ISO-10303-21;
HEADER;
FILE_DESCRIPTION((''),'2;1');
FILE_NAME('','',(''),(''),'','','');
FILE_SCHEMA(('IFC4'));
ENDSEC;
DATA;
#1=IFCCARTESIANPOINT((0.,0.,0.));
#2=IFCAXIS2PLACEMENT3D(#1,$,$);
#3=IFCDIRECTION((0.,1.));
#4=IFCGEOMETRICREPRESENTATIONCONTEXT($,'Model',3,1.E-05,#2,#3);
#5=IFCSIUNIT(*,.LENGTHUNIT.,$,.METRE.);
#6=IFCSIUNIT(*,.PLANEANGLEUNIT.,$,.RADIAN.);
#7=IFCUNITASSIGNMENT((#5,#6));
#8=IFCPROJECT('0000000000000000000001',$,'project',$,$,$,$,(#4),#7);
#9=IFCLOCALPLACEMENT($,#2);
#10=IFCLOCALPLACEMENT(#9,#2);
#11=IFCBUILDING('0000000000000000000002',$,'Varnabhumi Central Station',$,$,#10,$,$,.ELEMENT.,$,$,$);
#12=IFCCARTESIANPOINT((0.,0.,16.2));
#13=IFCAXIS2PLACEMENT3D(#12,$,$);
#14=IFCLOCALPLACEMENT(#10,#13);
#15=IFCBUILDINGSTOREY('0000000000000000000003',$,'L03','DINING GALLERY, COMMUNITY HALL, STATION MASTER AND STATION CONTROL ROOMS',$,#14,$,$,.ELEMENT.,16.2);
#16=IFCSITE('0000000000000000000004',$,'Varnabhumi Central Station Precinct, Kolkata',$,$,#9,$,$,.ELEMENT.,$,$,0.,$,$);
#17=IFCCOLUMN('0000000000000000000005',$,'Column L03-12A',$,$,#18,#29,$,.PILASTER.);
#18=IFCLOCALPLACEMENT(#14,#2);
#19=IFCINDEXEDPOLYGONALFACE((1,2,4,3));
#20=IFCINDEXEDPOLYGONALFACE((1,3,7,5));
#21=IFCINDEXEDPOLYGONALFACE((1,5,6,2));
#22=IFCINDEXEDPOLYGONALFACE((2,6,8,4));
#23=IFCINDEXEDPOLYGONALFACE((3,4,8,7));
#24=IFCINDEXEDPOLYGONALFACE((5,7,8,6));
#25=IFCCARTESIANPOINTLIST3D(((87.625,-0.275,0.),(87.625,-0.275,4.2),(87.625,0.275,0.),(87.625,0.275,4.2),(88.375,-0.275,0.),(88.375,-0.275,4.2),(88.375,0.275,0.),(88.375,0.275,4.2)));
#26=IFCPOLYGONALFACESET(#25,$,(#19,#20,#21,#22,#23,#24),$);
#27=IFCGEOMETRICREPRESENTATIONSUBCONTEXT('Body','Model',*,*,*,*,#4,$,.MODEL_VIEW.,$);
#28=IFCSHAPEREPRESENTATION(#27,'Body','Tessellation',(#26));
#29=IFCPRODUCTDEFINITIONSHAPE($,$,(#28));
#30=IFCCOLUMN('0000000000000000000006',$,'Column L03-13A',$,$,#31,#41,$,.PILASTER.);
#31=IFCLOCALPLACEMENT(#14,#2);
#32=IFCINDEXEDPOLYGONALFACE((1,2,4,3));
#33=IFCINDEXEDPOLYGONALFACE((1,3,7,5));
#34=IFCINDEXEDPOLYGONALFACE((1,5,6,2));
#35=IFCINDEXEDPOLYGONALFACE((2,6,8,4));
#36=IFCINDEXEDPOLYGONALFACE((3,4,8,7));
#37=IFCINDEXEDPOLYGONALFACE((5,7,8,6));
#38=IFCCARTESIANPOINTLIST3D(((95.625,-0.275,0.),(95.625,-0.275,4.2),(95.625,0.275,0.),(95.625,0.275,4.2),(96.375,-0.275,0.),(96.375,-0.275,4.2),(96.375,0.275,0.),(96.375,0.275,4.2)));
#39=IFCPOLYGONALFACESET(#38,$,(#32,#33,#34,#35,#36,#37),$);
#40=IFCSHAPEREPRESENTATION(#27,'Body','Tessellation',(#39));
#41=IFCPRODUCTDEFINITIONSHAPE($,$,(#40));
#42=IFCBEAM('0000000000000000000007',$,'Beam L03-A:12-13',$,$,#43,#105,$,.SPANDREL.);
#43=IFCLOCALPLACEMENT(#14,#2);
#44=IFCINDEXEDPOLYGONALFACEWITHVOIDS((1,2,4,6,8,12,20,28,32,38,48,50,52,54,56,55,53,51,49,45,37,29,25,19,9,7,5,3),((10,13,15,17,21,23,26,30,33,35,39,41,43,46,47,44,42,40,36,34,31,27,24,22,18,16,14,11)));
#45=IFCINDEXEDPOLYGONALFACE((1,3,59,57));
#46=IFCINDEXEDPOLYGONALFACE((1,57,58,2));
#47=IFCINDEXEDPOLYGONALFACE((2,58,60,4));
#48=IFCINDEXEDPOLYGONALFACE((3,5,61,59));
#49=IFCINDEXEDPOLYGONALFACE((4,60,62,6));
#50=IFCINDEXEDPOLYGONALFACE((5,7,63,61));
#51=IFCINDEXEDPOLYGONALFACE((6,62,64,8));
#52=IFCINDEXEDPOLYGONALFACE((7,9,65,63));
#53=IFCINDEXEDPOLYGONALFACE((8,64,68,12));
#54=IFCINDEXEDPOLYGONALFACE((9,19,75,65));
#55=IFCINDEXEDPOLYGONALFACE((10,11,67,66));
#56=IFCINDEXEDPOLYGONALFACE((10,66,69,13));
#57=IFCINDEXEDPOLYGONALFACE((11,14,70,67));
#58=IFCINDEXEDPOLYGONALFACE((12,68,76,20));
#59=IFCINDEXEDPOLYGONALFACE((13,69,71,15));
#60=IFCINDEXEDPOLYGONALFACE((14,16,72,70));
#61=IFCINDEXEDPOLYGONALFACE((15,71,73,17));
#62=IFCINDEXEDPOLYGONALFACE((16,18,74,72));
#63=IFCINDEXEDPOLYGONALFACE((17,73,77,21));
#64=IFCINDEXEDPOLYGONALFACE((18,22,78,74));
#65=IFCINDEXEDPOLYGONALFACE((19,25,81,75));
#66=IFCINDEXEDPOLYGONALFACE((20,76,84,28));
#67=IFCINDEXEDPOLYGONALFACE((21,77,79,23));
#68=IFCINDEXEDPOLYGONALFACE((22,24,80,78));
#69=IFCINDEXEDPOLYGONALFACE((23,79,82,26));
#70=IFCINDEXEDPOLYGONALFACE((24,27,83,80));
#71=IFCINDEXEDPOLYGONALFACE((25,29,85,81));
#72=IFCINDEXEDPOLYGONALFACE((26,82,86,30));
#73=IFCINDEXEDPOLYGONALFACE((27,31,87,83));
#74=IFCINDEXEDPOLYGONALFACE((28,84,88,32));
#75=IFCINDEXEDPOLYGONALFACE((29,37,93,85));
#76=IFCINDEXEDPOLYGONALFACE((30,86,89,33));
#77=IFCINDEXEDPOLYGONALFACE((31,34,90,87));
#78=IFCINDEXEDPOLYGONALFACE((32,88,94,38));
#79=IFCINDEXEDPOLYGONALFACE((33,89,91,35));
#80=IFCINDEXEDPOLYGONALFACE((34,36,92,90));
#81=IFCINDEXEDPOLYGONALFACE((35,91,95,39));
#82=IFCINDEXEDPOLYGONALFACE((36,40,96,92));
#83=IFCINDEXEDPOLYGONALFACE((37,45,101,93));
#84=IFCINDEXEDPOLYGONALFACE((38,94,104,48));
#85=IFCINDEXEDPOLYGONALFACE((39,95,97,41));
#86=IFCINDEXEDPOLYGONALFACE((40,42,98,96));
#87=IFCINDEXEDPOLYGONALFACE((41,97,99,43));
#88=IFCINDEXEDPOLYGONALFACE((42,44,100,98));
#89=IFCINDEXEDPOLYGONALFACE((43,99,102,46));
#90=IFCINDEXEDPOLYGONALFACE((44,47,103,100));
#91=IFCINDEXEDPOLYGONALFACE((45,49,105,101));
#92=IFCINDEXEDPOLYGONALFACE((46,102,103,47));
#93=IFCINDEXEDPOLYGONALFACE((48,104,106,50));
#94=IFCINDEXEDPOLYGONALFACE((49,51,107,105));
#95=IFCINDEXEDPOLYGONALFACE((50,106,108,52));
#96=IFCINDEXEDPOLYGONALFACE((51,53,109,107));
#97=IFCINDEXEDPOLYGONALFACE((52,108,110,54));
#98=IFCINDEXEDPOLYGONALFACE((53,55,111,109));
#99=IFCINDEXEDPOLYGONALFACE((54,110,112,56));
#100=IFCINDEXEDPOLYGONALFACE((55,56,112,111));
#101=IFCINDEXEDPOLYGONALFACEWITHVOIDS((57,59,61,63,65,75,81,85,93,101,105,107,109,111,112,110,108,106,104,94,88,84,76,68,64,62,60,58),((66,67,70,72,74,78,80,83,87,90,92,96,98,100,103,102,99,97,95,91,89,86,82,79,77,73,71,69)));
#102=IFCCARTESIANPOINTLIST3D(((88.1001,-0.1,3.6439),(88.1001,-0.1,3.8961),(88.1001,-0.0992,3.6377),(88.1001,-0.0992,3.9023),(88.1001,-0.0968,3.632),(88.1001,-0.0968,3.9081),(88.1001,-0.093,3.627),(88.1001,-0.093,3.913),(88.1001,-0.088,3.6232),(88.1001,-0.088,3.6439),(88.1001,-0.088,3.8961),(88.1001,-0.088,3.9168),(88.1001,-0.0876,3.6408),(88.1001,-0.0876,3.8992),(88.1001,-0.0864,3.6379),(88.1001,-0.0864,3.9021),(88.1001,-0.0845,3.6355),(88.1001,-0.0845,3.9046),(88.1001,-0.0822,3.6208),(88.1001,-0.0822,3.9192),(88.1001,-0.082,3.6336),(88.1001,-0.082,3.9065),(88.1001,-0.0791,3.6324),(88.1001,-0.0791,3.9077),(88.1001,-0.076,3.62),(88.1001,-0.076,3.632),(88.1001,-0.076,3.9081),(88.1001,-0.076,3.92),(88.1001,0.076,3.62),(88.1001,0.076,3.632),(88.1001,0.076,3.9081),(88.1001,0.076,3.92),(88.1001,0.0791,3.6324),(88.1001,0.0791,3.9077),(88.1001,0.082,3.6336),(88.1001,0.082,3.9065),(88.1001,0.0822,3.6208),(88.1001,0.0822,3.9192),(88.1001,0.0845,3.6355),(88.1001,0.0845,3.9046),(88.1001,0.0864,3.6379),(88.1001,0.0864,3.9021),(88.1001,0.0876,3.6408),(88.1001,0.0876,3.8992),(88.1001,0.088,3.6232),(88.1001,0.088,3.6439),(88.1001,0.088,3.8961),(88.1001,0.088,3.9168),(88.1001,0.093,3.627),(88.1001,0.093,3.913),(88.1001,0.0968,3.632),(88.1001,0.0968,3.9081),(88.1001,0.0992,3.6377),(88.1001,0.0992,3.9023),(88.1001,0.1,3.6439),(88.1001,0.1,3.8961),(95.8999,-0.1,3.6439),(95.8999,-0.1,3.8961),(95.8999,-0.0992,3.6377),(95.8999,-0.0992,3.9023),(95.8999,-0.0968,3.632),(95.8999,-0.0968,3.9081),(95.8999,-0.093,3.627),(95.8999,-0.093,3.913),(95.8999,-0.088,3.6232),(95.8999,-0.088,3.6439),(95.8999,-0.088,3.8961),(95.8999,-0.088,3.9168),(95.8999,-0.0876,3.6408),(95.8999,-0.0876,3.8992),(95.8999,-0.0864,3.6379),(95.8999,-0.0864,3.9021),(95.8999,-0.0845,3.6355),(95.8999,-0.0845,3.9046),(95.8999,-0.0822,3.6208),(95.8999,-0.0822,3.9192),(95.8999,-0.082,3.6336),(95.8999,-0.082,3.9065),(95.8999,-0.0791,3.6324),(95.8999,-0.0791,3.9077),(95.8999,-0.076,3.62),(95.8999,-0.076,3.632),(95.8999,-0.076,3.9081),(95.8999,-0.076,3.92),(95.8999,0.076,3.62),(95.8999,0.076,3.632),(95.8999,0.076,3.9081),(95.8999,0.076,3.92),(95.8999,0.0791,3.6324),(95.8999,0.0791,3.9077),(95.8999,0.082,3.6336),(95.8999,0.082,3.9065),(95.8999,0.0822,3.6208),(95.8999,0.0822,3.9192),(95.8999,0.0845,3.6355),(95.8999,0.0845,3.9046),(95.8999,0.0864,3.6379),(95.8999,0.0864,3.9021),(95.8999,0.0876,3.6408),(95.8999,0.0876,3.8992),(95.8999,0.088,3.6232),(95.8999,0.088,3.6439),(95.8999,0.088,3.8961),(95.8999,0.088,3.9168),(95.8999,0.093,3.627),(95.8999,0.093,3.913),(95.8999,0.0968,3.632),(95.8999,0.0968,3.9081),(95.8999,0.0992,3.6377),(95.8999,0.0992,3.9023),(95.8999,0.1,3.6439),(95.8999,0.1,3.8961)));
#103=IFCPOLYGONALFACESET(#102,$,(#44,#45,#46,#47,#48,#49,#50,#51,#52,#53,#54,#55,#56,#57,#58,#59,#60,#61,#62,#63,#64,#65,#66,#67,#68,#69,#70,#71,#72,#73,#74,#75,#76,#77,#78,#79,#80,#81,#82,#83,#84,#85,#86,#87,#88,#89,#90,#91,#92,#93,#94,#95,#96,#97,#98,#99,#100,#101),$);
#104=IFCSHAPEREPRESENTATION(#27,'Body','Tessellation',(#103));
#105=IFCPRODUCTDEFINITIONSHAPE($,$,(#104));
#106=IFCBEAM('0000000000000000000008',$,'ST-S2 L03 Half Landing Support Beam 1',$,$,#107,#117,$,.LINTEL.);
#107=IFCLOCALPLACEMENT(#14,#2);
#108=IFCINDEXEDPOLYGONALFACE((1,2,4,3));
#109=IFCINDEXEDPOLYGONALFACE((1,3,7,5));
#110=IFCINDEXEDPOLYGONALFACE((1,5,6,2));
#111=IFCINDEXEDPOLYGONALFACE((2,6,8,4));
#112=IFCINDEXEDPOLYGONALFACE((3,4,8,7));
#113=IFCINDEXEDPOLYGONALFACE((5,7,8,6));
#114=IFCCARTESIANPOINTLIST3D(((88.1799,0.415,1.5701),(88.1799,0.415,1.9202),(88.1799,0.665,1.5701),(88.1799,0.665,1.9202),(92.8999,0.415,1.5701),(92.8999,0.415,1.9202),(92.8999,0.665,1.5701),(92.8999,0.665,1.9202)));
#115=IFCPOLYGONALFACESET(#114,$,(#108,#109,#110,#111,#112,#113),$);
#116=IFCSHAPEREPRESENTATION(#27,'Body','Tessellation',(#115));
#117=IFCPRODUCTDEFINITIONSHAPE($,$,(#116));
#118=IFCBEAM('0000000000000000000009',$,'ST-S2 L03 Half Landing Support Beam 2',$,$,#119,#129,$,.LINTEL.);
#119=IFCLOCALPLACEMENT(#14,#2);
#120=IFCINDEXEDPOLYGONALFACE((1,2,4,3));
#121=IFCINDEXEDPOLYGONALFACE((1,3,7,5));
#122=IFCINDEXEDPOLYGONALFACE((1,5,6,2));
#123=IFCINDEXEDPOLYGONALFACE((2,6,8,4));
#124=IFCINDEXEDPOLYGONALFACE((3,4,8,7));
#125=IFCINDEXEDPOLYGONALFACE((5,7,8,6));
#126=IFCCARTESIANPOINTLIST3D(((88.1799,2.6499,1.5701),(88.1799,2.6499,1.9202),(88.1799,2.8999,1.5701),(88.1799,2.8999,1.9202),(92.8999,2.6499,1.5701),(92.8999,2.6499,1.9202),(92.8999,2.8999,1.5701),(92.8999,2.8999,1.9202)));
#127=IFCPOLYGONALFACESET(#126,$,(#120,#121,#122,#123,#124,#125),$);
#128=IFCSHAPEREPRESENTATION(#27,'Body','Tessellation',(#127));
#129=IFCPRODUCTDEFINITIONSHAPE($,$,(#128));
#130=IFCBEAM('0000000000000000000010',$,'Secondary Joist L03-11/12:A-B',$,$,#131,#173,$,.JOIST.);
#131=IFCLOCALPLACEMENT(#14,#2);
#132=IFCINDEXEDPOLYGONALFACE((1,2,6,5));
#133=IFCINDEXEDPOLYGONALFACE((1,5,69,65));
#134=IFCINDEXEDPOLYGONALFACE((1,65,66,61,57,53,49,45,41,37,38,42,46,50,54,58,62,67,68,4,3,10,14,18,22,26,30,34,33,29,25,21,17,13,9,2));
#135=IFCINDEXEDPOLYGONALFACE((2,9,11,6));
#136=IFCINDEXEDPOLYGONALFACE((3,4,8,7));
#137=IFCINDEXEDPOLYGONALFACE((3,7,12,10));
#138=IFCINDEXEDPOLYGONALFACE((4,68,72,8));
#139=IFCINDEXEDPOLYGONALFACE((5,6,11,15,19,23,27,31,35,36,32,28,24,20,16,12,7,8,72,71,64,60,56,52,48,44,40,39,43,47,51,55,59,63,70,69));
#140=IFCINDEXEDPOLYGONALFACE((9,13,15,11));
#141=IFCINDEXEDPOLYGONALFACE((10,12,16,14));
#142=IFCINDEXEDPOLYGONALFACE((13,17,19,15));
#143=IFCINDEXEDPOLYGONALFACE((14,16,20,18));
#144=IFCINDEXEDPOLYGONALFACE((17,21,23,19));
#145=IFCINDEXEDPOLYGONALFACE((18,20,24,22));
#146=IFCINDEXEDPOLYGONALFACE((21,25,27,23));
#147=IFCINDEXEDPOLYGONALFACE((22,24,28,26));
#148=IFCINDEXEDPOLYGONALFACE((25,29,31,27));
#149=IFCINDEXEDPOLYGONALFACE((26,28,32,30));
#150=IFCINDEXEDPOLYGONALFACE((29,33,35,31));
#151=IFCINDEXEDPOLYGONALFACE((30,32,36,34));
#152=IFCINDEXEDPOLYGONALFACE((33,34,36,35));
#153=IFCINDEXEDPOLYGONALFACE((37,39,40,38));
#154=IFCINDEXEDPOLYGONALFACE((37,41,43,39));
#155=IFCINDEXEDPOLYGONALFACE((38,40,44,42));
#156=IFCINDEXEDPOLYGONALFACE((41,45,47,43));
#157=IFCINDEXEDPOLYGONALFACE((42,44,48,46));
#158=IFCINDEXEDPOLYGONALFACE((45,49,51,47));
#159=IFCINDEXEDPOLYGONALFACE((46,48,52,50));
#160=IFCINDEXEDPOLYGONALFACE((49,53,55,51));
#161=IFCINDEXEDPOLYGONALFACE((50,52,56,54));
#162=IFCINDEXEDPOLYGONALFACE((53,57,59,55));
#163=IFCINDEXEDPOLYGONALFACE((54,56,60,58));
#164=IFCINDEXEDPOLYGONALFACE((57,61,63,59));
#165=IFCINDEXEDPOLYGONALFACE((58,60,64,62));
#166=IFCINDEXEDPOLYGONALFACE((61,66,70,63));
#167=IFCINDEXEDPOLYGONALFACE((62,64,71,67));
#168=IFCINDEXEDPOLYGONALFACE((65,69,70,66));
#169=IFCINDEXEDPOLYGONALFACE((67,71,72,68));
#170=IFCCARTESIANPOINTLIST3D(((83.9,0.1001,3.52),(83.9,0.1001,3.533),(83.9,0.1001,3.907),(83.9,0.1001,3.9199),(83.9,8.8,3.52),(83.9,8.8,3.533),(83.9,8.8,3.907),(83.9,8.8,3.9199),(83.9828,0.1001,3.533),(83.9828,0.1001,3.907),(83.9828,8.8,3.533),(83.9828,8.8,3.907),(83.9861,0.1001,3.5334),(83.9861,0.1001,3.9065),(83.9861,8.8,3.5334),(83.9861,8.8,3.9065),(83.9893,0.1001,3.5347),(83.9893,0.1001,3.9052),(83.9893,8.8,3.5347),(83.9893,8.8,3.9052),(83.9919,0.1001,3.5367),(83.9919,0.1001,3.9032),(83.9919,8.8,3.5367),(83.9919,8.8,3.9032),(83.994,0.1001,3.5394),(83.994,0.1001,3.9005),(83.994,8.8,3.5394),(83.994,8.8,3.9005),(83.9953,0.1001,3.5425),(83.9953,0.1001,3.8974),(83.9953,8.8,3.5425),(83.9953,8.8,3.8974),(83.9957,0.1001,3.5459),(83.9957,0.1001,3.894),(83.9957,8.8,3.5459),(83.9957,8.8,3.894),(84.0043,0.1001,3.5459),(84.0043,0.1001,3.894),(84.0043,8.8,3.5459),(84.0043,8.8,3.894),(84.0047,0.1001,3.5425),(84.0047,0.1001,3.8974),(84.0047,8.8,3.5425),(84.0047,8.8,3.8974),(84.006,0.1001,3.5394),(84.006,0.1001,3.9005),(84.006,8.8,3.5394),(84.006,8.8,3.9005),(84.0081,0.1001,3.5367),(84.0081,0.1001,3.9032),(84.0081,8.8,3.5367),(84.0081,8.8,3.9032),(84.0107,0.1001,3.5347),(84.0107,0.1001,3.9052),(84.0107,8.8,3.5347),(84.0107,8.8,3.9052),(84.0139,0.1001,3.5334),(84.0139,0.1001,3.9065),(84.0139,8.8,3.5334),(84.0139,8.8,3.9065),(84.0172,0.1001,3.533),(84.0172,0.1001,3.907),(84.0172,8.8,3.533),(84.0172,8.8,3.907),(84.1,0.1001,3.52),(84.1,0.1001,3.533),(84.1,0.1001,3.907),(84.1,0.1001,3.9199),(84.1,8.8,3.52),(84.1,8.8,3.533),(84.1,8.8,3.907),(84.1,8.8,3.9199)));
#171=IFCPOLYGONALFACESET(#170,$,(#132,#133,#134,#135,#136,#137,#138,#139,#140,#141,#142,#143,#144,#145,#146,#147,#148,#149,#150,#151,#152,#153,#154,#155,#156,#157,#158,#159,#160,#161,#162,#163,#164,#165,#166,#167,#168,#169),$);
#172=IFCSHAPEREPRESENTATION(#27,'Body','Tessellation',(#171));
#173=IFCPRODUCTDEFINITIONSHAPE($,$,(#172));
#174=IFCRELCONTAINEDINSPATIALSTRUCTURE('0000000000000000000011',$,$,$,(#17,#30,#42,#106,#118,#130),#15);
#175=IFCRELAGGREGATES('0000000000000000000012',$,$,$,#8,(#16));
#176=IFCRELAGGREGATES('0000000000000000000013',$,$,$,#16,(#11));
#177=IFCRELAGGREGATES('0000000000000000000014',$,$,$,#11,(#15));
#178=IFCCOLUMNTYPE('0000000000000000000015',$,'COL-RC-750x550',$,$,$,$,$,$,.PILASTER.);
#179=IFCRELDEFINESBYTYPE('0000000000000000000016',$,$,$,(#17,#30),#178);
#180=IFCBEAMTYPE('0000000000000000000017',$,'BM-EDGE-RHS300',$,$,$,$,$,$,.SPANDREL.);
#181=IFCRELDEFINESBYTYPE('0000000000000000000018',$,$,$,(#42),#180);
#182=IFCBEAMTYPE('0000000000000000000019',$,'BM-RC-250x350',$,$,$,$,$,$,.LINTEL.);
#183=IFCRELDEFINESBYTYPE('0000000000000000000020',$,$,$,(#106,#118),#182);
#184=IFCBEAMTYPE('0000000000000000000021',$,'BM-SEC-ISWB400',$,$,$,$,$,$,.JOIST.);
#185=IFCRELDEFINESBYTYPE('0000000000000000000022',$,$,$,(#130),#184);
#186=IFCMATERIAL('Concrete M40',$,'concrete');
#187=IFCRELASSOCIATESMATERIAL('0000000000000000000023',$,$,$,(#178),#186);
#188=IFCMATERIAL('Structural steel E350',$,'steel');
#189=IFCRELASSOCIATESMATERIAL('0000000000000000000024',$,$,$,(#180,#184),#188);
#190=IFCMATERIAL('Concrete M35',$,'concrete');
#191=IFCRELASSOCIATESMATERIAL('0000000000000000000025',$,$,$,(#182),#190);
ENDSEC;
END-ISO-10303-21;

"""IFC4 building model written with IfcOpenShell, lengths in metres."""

from ifc_helpers import new_model, si_unit, direction, frame, origin, origin_2d, place, context, subcontext, project, spatial, rectangle, hollow_rectangle, i_section, extrude, material, material_profile, profile_set, type_object, element, save


model = new_model("IFC4")

# Units and contexts
model_context = context("Model", 3, precision=1e-05, world=origin(), true_north=direction((0.0, 1.0)))
body_context = subcontext(model_context, "Body", "Model", "MODEL_VIEW")
ifc_project = project(units=[si_unit("LENGTHUNIT", "METRE"), si_unit("PLANEANGLEUNIT", "RADIAN")], contexts=[model_context])

# Site, building, storey
site_placement = place(None, origin())
site = spatial("IfcSite", under=ifc_project, at=site_placement, Name="Varnabhumi Central Station Precinct, Kolkata", CompositionType="ELEMENT", RefElevation=0.0)
building_placement = place(site_placement, origin())
building = spatial("IfcBuilding", under=site, at=building_placement, Name="Varnabhumi Central Station", CompositionType="ELEMENT")
storey_placement = place(building_placement, frame((0.0, 0.0, 16.2)))
storey = spatial("IfcBuildingStorey", under=building, at=storey_placement, Name="L03", Description="DINING GALLERY, COMMUNITY HALL, STATION MASTER AND STATION CONTROL ROOMS", CompositionType="ELEMENT", Elevation=16.2)

# Columns
ifc_material_1 = material(Name="Concrete M40", Category="concrete")
ifc_material_profile_1 = material_profile(ifc_material_1, rectangle(XDim=0.75, YDim=0.55, at=origin_2d()), Name="Concrete M40", Category="concrete")
ifc_profile_set_1 = profile_set([ifc_material_profile_1], Name="Concrete M40")
column_type = type_object("IfcColumnType", Name="COL-RC-750x550", PredefinedType="PILASTER", material=ifc_profile_set_1)
for number, where, z_axis, x_axis, name in (
    (1, (88.0, 0.0, 0.0), (0.0, 0.0, 1.0), (1.0, 0.0, 0.0), "Column L03-12A"),
    (2, (96.0, 0.0, 0.0), (0.0, 0.0, 1.0), (1.0, 0.0, 0.0), "Column L03-13A"),
):
    element("IfcColumn", number, at=place(storey_placement, frame(where, z_axis=z_axis, x_axis=x_axis)), inside=storey, type_object=column_type, Name=name, PredefinedType="PILASTER", context=body_context, shape_type="SweptSolid", body=[
        extrude(rectangle(XDim=0.75, YDim=0.55, at=origin_2d()), origin(), (0.0, 0.0, 1.0), 4.2),
    ])

# Beams
ifc_material_2 = material(Name="Structural steel E350", Category="steel")
ifc_material_profile_2 = material_profile(ifc_material_2, hollow_rectangle(XDim=0.2, YDim=0.3, WallThickness=0.012, InnerFilletRadius=0.012, OuterFilletRadius=0.0239, at=origin_2d()), Name="Structural steel E350", Category="steel")
ifc_profile_set_2 = profile_set([ifc_material_profile_2], Name="Structural steel E350")
beam_type_1 = type_object("IfcBeamType", Name="BM-EDGE-RHS300", PredefinedType="SPANDREL", material=ifc_profile_set_2)
beam_1_placement = place(storey_placement, frame((88.1001, 0.0, 3.77), z_axis=(1.0, 0.0, 0.0), x_axis=(0.0, 1.0, 0.0)))
element("IfcBeam", 3, at=beam_1_placement, inside=storey, type_object=beam_type_1, Name="Beam L03-A:12-13", PredefinedType="SPANDREL", context=body_context, shape_type="SweptSolid", body=[
    extrude(hollow_rectangle(XDim=0.2, YDim=0.3, WallThickness=0.012, InnerFilletRadius=0.012, OuterFilletRadius=0.0239, at=origin_2d()), origin(), (0.0, 0.0, 1.0), 7.7998),
])
ifc_material_3 = material(Name="Concrete M35", Category="concrete")
ifc_material_profile_3 = material_profile(ifc_material_3, rectangle(XDim=0.25, YDim=0.3501, at=origin_2d()), Name="Concrete M35", Category="concrete")
ifc_profile_set_3 = profile_set([ifc_material_profile_3], Name="Concrete M35")
beam_type_2 = type_object("IfcBeamType", Name="BM-RC-250x350", PredefinedType="LINTEL", material=ifc_profile_set_3)
for number, where, z_axis, x_axis, name in (
    (4, (88.1799, 0.54, 1.7451), (1.0, 0.0, 0.0), (0.0, 1.0, 0.0), "ST-S2 L03 Half Landing Support Beam 1"),
    (5, (88.1799, 2.7749, 1.7451), (1.0, 0.0, 0.0), (0.0, 1.0, 0.0), "ST-S2 L03 Half Landing Support Beam 2"),
):
    element("IfcBeam", number, at=place(storey_placement, frame(where, z_axis=z_axis, x_axis=x_axis)), inside=storey, type_object=beam_type_2, Name=name, PredefinedType="LINTEL", context=body_context, shape_type="SweptSolid", body=[
        extrude(rectangle(XDim=0.25, YDim=0.3501, at=origin_2d()), origin(), (0.0, 0.0, 1.0), 4.72),
    ])
ifc_material_profile_4 = material_profile(ifc_material_2, i_section(OverallWidth=0.2, OverallDepth=0.3999, WebThickness=0.0085, FlangeThickness=0.0129, FilletRadius=0.0129, at=origin_2d()), Name="Structural steel E350", Category="steel")
ifc_profile_set_4 = profile_set([ifc_material_profile_4], Name="Structural steel E350")
beam_type_3 = type_object("IfcBeamType", Name="BM-SEC-ISWB400", PredefinedType="JOIST", material=ifc_profile_set_4)
beam_2_placement = place(storey_placement, frame((84.0, 0.1001, 3.72), z_axis=(0.0, 1.0, 0.0), x_axis=(-1.0, 0.0, 0.0)))
element("IfcBeam", 6, at=beam_2_placement, inside=storey, type_object=beam_type_3, Name="Secondary Joist L03-11/12:A-B", PredefinedType="JOIST", context=body_context, shape_type="SweptSolid", body=[
    extrude(i_section(OverallWidth=0.2, OverallDepth=0.3999, WebThickness=0.0085, FlangeThickness=0.0129, FilletRadius=0.0129, at=origin_2d()), origin(), (0.0, 0.0, 1.0), 8.7),
])

save(model, "model.ifc")
